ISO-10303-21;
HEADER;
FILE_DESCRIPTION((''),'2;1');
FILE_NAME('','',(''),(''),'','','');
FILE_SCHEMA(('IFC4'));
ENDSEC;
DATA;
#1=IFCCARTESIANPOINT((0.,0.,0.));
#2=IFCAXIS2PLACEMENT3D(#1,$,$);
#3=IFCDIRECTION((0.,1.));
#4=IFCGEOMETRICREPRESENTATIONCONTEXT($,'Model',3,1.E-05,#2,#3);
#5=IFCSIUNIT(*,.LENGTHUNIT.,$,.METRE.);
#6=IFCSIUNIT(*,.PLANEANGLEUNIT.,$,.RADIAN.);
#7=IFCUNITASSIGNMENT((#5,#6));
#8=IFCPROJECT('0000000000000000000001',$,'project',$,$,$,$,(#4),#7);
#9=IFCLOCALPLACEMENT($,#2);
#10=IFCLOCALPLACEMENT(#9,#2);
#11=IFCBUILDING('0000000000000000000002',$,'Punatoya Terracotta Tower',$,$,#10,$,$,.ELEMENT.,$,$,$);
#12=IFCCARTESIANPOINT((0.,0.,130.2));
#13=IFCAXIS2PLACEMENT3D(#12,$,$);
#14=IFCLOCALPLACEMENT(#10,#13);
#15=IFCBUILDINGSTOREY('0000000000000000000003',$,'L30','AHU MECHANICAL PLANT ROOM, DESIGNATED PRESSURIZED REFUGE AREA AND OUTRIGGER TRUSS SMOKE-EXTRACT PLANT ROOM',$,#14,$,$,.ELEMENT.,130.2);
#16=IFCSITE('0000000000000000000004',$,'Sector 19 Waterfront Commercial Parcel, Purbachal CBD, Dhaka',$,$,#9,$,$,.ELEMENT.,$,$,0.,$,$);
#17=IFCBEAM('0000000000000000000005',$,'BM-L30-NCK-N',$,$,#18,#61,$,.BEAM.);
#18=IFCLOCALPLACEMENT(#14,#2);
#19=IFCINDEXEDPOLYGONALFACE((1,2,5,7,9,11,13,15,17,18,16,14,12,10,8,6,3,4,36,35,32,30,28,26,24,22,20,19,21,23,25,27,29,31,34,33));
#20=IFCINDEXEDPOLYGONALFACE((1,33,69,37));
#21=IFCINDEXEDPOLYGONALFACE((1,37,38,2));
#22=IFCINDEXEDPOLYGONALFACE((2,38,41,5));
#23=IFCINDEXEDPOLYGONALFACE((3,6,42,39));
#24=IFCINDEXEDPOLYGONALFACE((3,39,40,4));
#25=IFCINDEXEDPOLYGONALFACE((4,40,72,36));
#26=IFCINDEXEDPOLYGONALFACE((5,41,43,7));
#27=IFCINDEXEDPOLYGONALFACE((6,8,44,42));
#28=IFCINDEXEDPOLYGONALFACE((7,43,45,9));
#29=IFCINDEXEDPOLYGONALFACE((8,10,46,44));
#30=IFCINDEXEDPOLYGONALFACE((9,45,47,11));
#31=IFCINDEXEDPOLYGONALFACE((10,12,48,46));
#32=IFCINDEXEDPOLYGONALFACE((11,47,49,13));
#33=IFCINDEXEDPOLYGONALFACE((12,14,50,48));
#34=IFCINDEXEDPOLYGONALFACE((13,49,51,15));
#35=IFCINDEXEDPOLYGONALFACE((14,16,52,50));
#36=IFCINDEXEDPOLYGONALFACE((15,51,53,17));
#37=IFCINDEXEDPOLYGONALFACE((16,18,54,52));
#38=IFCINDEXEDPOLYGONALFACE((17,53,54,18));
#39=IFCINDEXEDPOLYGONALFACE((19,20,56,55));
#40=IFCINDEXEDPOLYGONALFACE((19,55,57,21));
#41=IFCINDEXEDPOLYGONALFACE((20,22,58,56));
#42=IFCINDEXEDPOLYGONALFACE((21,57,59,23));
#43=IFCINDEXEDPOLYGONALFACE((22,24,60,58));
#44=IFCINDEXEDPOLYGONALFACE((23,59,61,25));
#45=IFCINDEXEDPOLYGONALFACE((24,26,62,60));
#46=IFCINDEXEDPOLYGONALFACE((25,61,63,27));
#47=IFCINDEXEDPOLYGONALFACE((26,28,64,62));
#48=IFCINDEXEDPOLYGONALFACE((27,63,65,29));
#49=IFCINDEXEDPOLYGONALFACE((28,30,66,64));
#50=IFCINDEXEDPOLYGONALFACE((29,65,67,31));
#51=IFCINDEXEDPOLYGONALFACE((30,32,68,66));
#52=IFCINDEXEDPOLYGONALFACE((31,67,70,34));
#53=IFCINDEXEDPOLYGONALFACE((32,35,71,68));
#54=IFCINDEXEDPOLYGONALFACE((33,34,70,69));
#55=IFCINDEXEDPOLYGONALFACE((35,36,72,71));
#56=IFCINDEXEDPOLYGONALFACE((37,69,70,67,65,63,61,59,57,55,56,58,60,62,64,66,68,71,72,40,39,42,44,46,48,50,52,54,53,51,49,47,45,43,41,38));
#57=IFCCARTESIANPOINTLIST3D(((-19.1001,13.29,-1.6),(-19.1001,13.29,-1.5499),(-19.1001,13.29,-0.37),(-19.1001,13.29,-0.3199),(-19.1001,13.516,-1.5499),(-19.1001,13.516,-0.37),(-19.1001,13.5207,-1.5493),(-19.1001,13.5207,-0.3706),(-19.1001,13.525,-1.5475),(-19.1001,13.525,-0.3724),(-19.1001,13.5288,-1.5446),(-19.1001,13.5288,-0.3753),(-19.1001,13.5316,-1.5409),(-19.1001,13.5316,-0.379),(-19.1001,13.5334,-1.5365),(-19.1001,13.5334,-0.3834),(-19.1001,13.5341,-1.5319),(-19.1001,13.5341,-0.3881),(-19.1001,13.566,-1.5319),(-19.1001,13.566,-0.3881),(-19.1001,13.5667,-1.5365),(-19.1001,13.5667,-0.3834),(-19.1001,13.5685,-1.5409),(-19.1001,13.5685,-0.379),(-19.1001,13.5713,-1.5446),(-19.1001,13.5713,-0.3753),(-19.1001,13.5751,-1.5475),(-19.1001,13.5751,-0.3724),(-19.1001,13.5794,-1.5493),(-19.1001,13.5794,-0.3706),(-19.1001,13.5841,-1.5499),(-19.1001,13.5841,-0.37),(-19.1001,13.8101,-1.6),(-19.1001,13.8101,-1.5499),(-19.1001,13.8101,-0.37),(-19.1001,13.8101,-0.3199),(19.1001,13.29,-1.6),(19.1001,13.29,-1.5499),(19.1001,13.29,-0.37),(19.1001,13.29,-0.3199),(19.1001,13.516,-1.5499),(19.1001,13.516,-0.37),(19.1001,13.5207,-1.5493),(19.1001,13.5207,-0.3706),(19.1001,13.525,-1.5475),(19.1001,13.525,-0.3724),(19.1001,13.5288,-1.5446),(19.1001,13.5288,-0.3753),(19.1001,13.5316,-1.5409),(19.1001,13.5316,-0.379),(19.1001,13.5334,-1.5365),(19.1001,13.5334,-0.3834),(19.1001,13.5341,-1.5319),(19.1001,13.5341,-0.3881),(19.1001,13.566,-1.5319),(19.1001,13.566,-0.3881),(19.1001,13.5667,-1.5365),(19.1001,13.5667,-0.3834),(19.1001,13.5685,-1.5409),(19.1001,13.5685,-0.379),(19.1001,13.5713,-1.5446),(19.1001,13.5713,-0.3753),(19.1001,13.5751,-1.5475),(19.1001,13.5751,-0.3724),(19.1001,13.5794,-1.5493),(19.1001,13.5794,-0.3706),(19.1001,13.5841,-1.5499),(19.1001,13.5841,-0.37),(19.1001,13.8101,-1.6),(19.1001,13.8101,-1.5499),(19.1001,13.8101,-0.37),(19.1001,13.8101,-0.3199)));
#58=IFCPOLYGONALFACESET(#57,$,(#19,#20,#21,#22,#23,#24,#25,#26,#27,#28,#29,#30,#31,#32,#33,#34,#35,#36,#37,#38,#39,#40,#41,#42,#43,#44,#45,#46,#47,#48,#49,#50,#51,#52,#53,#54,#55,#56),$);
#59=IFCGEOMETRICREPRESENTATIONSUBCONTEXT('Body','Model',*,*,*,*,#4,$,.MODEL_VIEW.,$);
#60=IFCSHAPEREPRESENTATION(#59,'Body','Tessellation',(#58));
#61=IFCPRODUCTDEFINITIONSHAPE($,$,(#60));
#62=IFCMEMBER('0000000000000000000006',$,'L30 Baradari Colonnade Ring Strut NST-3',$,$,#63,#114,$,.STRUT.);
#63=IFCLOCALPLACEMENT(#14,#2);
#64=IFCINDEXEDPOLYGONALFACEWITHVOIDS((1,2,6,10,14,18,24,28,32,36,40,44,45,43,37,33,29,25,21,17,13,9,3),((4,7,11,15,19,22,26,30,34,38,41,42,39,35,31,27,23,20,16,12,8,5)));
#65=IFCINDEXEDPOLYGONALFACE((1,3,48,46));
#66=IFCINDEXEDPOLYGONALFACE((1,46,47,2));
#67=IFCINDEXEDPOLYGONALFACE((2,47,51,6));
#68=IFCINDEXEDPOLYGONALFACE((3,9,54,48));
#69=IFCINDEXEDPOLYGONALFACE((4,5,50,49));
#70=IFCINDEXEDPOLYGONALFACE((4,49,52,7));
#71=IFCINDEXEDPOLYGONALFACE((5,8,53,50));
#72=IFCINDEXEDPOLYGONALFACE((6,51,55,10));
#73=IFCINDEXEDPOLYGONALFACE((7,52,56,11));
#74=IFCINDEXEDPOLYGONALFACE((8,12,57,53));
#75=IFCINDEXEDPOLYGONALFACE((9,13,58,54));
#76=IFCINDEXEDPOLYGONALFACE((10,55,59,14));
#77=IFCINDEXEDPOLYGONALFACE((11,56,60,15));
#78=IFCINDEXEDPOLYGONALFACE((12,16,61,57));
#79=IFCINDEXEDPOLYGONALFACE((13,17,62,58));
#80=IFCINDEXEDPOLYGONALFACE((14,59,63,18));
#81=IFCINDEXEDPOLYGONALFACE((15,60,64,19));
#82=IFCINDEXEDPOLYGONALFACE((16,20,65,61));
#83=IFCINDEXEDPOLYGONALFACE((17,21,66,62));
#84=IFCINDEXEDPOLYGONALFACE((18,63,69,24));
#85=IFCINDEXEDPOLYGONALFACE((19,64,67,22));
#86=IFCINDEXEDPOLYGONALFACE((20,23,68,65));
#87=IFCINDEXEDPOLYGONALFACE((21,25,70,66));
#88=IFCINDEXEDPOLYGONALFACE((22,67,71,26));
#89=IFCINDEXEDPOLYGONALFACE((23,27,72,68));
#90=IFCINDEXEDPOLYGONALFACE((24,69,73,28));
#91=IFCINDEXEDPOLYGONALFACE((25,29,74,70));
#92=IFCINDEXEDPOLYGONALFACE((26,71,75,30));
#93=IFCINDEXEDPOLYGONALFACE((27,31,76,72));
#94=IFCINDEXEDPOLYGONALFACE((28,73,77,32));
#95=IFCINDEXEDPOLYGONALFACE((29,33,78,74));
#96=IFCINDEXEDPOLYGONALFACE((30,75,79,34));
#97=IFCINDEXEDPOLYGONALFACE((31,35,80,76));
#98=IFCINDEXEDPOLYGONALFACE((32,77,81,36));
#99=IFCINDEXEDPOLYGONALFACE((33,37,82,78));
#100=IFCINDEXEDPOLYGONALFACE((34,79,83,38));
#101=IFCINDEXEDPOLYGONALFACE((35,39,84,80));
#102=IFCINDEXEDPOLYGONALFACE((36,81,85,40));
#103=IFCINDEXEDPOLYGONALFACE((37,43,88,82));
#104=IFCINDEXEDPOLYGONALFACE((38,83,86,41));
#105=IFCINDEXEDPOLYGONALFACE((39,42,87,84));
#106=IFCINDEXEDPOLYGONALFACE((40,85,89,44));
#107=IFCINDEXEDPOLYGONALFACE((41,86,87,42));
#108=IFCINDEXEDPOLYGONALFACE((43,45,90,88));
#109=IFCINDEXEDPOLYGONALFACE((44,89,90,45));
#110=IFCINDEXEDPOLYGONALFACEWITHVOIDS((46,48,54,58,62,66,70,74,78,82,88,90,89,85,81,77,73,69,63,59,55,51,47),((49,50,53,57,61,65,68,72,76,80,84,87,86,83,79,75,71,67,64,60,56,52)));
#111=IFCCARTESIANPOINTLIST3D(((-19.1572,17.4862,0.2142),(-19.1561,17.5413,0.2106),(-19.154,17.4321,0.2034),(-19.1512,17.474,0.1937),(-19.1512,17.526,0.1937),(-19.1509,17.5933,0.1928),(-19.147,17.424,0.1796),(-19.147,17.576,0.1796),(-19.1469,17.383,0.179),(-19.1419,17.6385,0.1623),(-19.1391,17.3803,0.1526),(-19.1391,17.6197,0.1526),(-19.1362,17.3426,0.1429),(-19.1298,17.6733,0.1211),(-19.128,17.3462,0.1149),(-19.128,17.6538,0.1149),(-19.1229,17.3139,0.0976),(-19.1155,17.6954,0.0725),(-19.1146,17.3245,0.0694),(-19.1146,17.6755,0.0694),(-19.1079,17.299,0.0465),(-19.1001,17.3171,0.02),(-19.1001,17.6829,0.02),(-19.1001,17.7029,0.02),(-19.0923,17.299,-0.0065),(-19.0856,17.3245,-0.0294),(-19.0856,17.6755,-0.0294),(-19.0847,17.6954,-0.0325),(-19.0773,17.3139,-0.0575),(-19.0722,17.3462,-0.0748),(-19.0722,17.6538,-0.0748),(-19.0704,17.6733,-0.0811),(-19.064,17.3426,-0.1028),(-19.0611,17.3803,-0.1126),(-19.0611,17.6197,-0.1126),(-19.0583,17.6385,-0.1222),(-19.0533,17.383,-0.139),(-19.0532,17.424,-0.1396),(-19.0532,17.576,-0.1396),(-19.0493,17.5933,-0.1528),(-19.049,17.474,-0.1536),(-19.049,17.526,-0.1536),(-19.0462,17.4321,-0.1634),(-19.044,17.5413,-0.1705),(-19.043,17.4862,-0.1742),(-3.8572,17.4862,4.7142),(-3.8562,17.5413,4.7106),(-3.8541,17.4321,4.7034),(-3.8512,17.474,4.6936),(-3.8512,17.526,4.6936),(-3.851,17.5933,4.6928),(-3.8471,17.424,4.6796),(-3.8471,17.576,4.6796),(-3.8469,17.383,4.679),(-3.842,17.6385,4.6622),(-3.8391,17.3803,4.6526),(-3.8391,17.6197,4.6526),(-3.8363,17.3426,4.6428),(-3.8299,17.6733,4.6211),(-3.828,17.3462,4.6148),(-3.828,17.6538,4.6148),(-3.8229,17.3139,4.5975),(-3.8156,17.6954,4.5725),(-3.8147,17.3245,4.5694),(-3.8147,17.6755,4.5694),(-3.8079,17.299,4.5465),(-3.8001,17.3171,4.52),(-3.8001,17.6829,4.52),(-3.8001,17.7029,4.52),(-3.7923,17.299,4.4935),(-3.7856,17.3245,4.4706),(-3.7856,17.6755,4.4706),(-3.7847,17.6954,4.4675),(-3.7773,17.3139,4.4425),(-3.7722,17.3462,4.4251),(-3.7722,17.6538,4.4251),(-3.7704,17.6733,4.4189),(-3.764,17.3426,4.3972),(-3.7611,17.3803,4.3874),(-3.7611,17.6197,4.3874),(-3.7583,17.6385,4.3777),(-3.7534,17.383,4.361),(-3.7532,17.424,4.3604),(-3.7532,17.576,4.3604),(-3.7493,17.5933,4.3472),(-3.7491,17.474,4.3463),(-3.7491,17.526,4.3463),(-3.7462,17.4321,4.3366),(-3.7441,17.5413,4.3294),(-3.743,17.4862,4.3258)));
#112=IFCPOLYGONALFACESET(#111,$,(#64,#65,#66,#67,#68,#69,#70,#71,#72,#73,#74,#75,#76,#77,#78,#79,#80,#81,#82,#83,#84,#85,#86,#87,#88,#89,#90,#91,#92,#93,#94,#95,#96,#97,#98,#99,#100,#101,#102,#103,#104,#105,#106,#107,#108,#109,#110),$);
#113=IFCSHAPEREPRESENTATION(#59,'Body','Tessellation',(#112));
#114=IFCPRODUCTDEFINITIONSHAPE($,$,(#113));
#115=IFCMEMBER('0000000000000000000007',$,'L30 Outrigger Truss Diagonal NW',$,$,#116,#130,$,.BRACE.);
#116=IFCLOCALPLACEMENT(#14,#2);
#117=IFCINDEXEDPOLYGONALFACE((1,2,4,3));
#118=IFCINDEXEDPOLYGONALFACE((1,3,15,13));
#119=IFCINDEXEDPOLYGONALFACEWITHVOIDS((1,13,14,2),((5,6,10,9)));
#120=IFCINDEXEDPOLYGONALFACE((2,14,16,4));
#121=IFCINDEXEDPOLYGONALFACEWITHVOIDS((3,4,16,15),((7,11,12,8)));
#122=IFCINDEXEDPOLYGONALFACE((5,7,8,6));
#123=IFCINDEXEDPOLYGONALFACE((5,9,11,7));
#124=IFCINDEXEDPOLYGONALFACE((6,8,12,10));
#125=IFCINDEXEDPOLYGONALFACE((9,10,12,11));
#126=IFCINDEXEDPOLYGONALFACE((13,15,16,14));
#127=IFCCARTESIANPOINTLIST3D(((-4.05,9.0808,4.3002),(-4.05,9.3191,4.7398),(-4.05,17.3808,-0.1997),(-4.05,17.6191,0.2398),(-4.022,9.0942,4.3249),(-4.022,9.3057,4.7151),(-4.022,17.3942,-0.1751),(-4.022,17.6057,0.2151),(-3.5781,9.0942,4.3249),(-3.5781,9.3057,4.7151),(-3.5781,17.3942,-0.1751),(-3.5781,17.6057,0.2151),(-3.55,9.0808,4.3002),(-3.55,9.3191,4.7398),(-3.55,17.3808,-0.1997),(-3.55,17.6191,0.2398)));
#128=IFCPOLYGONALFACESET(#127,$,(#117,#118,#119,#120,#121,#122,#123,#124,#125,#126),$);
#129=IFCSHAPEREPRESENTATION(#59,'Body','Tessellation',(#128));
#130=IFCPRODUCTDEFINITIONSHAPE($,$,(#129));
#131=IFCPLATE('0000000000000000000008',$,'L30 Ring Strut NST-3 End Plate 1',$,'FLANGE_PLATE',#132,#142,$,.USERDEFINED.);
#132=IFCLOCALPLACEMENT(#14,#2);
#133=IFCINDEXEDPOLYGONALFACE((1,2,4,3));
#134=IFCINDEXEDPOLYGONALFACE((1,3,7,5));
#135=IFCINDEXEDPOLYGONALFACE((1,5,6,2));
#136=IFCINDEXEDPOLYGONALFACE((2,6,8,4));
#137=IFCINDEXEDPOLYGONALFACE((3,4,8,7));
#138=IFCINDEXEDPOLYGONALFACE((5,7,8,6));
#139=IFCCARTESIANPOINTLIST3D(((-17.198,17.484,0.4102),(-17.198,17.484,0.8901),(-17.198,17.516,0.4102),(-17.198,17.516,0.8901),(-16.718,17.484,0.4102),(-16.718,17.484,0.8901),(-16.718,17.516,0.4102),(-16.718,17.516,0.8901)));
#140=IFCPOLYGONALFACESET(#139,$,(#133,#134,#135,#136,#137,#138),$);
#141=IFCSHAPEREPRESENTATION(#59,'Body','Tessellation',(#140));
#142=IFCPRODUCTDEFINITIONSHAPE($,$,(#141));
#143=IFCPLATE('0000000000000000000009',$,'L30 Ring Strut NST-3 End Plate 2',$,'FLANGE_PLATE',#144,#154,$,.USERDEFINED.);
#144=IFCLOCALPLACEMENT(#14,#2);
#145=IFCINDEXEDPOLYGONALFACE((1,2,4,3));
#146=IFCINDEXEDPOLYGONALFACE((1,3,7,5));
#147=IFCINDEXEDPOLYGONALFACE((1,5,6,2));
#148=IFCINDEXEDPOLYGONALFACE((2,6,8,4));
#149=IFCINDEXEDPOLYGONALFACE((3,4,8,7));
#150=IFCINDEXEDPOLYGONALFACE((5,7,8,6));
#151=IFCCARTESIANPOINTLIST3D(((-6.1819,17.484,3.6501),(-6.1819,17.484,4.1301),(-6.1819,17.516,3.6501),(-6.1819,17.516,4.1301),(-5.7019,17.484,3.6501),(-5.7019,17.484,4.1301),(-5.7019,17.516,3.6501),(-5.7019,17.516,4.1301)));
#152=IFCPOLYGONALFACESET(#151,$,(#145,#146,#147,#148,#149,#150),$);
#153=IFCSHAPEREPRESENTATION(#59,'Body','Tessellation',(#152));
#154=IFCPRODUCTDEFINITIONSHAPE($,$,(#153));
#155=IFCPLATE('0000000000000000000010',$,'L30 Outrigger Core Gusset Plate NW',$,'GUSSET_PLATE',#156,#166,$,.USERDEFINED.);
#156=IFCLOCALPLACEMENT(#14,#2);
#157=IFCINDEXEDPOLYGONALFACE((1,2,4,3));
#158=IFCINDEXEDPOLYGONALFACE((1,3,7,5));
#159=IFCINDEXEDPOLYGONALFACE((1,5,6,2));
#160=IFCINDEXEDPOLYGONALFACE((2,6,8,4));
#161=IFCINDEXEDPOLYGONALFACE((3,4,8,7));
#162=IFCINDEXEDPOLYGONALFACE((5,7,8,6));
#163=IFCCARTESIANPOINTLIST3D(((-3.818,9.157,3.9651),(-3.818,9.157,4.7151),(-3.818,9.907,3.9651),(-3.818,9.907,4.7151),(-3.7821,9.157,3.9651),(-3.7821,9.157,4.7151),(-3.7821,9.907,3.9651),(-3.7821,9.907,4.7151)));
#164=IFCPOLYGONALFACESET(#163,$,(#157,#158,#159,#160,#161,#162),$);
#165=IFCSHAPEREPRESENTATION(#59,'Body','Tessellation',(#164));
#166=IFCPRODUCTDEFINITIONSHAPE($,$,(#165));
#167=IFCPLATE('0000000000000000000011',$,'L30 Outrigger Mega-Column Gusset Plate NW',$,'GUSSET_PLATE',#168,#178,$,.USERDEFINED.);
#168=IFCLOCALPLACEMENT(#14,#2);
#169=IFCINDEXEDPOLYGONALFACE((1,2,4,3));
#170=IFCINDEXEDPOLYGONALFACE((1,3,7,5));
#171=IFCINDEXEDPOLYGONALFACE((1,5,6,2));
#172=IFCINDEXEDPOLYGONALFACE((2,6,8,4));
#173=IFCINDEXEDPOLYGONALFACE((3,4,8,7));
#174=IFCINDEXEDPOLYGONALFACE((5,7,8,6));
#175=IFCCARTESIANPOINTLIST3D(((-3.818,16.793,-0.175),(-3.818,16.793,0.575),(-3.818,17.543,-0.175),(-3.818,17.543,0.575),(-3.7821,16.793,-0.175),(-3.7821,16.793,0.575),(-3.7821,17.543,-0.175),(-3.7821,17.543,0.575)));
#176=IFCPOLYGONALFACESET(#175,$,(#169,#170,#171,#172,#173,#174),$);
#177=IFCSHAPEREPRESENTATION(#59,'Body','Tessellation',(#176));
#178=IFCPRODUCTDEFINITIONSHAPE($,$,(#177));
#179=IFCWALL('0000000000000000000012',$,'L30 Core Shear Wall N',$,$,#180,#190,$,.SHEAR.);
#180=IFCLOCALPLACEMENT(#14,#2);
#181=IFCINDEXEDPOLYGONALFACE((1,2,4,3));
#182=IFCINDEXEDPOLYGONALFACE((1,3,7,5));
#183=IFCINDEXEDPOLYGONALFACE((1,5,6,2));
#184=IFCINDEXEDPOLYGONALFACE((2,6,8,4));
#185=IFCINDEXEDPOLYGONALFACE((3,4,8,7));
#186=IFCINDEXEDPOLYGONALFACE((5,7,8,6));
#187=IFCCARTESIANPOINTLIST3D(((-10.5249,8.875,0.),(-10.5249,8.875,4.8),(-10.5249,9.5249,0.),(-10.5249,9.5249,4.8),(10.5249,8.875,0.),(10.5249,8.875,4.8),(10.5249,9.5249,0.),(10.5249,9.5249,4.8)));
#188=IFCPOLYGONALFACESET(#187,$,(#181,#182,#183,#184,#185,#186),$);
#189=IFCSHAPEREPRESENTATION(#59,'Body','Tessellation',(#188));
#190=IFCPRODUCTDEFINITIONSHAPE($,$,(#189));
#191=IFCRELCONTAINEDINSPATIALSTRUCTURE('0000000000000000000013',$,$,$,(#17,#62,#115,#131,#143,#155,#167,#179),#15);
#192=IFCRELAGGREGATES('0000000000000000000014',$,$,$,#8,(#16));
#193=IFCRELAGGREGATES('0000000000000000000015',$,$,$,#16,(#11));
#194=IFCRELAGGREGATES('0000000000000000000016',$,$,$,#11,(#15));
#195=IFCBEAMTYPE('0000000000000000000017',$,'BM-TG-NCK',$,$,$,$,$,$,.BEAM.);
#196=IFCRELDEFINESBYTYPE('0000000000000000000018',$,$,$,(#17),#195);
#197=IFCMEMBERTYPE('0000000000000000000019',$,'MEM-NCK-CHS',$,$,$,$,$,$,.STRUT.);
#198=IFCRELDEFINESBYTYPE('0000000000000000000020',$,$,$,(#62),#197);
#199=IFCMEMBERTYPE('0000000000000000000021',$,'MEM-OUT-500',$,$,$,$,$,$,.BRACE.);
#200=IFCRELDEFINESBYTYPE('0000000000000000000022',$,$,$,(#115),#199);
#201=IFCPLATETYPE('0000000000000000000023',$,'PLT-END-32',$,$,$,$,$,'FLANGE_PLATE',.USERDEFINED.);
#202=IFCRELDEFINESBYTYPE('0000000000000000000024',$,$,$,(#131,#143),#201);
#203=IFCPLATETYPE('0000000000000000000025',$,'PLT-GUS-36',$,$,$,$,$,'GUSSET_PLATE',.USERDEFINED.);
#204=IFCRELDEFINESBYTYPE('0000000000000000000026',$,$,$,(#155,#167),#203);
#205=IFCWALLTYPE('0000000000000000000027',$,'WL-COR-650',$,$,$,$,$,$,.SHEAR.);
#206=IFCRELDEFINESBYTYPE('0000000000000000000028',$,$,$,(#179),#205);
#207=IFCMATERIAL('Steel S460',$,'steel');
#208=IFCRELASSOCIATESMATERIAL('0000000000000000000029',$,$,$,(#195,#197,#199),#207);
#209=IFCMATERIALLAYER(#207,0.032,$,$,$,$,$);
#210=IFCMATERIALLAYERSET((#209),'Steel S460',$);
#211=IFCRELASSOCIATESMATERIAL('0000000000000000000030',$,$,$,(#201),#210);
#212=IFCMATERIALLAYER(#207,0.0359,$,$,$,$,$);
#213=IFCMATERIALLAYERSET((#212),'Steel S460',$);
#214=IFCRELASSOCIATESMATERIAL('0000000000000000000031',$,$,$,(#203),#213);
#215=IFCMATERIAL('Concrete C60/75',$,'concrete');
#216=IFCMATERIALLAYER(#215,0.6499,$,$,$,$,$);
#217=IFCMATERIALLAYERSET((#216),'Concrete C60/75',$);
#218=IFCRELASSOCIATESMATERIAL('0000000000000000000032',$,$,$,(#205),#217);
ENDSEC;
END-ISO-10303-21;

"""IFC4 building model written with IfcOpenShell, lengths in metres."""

from ifc_helpers import new_model, si_unit, direction, frame, frame_2d, origin, origin_2d, place, context, subcontext, project, spatial, rectangle, hollow_rectangle, hollow_circle, i_section, extrude, material, layer, layer_set, material_profile, profile_set, type_object, element, save


model = new_model("IFC4")

# Units and contexts
model_context = context("Model", 3, precision=1e-05, world=origin(), true_north=direction((0.0, 1.0)))
body_context = subcontext(model_context, "Body", "Model", "MODEL_VIEW")
ifc_project = project(units=[si_unit("LENGTHUNIT", "METRE"), si_unit("PLANEANGLEUNIT", "RADIAN")], contexts=[model_context])

# Site, building, storey
site_placement = place(None, origin())
site = spatial("IfcSite", under=ifc_project, at=site_placement, Name="Sector 19 Waterfront Commercial Parcel, Purbachal CBD, Dhaka", CompositionType="ELEMENT", RefElevation=0.0)
building_placement = place(site_placement, origin())
building = spatial("IfcBuilding", under=site, at=building_placement, Name="Punatoya Terracotta Tower", CompositionType="ELEMENT")
storey_placement = place(building_placement, frame((0.0, 0.0, 130.2)))
storey = spatial("IfcBuildingStorey", under=building, at=storey_placement, Name="L30", Description="AHU MECHANICAL PLANT ROOM, DESIGNATED PRESSURIZED REFUGE AREA AND OUTRIGGER TRUSS SMOKE-EXTRACT PLANT ROOM", CompositionType="ELEMENT", Elevation=130.2)

# Shared definitions
ifc_material_1 = material(Name="Steel S460", Category="steel")

# Beam
ifc_material_profile_1 = material_profile(ifc_material_1, i_section(OverallWidth=0.52, OverallDepth=1.28, WebThickness=0.032, FlangeThickness=0.05, FilletRadius=0.0181, at=origin_2d()))
ifc_profile_set_1 = profile_set([ifc_material_profile_1], Name="Steel S460")
beam_type_1 = type_object("IfcBeamType", Name="BM-TG-NCK", PredefinedType="BEAM", material=ifc_profile_set_1)
beam_1_placement = place(storey_placement, frame((-19.1001, 13.55, -0.96), z_axis=(1.0, 0.0, 0.0), x_axis=(0.0, 1.0, 0.0)))
element("IfcBeam", 1, at=beam_1_placement, inside=storey, type_object=beam_type_1, Name="BM-L30-NCK-N", PredefinedType="BEAM", context=body_context, shape_type="SweptSolid", body=[
    extrude(i_section(OverallWidth=0.52, OverallDepth=1.28, WebThickness=0.032, FlangeThickness=0.05, FilletRadius=0.0181, at=origin_2d()), origin(), (0.0, 0.0, 1.0), 38.2002),
])

# Members
ifc_material_profile_2 = material_profile(ifc_material_1, hollow_circle(Radius=0.2029, WallThickness=0.02, at=origin_2d()))
ifc_profile_set_2 = profile_set([ifc_material_profile_2], Name="Steel S460")
member_type_1 = type_object("IfcMemberType", Name="MEM-NCK-CHS", PredefinedType="STRUT", material=ifc_profile_set_2)
member_1_placement = place(storey_placement, frame((-19.1001, 17.5, 0.02), z_axis=(0.959366, 0.0, 0.282165), x_axis=(0.0, 1.0, 0.0)))
element("IfcMember", 2, at=member_1_placement, inside=storey, type_object=member_type_1, Name="L30 Baradari Colonnade Ring Strut NST-3", PredefinedType="STRUT", context=body_context, shape_type="SweptSolid", body=[
    extrude(hollow_circle(Radius=0.2029, WallThickness=0.02, at=origin_2d()), origin(), (0.0, 0.0, 1.0), 15.948),
])
ifc_material_profile_3 = material_profile(ifc_material_1, hollow_rectangle(XDim=0.5, YDim=0.5, WallThickness=0.0281, at=origin_2d()))
ifc_profile_set_3 = profile_set([ifc_material_profile_3], Name="Steel S460")
member_type_2 = type_object("IfcMemberType", Name="MEM-OUT-500", PredefinedType="BRACE", material=ifc_profile_set_3)
member_2_placement = place(storey_placement, frame((-3.8, 9.2, 4.52), z_axis=(0.0, 0.879108, -0.476622), x_axis=(-1.0, 0.0, 0.0)))
element("IfcMember", 3, at=member_2_placement, inside=storey, type_object=member_type_2, Name="L30 Outrigger Truss Diagonal NW", PredefinedType="BRACE", context=body_context, shape_type="SweptSolid", body=[
    extrude(hollow_rectangle(XDim=0.5, YDim=0.5, WallThickness=0.0281, at=origin_2d()), origin(), (0.0, 0.0, 1.0), 9.4414),
])

# Plates
ifc_layer_1 = layer(ifc_material_1, 0.032)
ifc_layer_set_1 = layer_set([ifc_layer_1], Name="Steel S460")
plate_type_1 = type_object("IfcPlateType", Name="PLT-END-32", ElementType="FLANGE_PLATE", PredefinedType="USERDEFINED", material=ifc_layer_set_1)
for number, where, z_axis, x_axis, name in (
    (4, (-16.958, 17.5, 0.4102), (0.0, 0.0, 1.0), (1.0, 0.0, 0.0), "L30 Ring Strut NST-3 End Plate 1"),
    (5, (-5.9419, 17.5, 3.6501), (0.0, 0.0, 1.0), (1.0, 0.0, 0.0), "L30 Ring Strut NST-3 End Plate 2"),
):
    element("IfcPlate", number, at=place(storey_placement, frame(where, z_axis=z_axis, x_axis=x_axis)), inside=storey, type_object=plate_type_1, Name=name, ObjectType="FLANGE_PLATE", PredefinedType="USERDEFINED", context=body_context, shape_type="SweptSolid", body=[
        extrude(rectangle(XDim=0.48, YDim=0.032, at=origin_2d()), origin(), (0.0, 0.0, 1.0), 0.48),
    ])
ifc_layer_2 = layer(ifc_material_1, 0.0359)
ifc_layer_set_2 = layer_set([ifc_layer_2], Name="Steel S460")
plate_type_2 = type_object("IfcPlateType", Name="PLT-GUS-36", ElementType="GUSSET_PLATE", PredefinedType="USERDEFINED", material=ifc_layer_set_2)
for number, where, z_axis, x_axis, name in (
    (6, (-3.8, 9.532, 3.9651), (0.0, 0.0, 1.0), (0.0, 1.0, 0.0), "L30 Outrigger Core Gusset Plate NW"),
    (7, (-3.8, 17.168, -0.175), (0.0, 0.0, 1.0), (0.0, 1.0, 0.0), "L30 Outrigger Mega-Column Gusset Plate NW"),
):
    element("IfcPlate", number, at=place(storey_placement, frame(where, z_axis=z_axis, x_axis=x_axis)), inside=storey, type_object=plate_type_2, Name=name, ObjectType="GUSSET_PLATE", PredefinedType="USERDEFINED", context=body_context, shape_type="SweptSolid", body=[
        extrude(rectangle(XDim=0.75, YDim=0.0359, at=origin_2d()), origin(), (0.0, 0.0, 1.0), 0.75),
    ])

# Wall
ifc_material_2 = material(Name="Concrete C60/75", Category="concrete")
ifc_layer_3 = layer(ifc_material_2, 0.6499)
ifc_layer_set_3 = layer_set([ifc_layer_3], Name="Concrete C60/75")
wall_type_1 = type_object("IfcWallType", Name="WL-COR-650", PredefinedType="SHEAR", material=ifc_layer_set_3)
wall_1_placement = place(storey_placement, frame((-10.5249, 9.2, 0.0), z_axis=(0.0, 0.0, 1.0), x_axis=(1.0, 0.0, 0.0)))
element("IfcWall", 8, at=wall_1_placement, inside=storey, type_object=wall_type_1, Name="L30 Core Shear Wall N", PredefinedType="SHEAR", context=body_context, shape_type="SweptSolid", body=[
    extrude(rectangle(XDim=21.0498, YDim=0.6499, at=frame_2d((10.5249, 0.0))), origin(), (0.0, 0.0, 1.0), 4.8),
])

save(model, "model.ifc")
